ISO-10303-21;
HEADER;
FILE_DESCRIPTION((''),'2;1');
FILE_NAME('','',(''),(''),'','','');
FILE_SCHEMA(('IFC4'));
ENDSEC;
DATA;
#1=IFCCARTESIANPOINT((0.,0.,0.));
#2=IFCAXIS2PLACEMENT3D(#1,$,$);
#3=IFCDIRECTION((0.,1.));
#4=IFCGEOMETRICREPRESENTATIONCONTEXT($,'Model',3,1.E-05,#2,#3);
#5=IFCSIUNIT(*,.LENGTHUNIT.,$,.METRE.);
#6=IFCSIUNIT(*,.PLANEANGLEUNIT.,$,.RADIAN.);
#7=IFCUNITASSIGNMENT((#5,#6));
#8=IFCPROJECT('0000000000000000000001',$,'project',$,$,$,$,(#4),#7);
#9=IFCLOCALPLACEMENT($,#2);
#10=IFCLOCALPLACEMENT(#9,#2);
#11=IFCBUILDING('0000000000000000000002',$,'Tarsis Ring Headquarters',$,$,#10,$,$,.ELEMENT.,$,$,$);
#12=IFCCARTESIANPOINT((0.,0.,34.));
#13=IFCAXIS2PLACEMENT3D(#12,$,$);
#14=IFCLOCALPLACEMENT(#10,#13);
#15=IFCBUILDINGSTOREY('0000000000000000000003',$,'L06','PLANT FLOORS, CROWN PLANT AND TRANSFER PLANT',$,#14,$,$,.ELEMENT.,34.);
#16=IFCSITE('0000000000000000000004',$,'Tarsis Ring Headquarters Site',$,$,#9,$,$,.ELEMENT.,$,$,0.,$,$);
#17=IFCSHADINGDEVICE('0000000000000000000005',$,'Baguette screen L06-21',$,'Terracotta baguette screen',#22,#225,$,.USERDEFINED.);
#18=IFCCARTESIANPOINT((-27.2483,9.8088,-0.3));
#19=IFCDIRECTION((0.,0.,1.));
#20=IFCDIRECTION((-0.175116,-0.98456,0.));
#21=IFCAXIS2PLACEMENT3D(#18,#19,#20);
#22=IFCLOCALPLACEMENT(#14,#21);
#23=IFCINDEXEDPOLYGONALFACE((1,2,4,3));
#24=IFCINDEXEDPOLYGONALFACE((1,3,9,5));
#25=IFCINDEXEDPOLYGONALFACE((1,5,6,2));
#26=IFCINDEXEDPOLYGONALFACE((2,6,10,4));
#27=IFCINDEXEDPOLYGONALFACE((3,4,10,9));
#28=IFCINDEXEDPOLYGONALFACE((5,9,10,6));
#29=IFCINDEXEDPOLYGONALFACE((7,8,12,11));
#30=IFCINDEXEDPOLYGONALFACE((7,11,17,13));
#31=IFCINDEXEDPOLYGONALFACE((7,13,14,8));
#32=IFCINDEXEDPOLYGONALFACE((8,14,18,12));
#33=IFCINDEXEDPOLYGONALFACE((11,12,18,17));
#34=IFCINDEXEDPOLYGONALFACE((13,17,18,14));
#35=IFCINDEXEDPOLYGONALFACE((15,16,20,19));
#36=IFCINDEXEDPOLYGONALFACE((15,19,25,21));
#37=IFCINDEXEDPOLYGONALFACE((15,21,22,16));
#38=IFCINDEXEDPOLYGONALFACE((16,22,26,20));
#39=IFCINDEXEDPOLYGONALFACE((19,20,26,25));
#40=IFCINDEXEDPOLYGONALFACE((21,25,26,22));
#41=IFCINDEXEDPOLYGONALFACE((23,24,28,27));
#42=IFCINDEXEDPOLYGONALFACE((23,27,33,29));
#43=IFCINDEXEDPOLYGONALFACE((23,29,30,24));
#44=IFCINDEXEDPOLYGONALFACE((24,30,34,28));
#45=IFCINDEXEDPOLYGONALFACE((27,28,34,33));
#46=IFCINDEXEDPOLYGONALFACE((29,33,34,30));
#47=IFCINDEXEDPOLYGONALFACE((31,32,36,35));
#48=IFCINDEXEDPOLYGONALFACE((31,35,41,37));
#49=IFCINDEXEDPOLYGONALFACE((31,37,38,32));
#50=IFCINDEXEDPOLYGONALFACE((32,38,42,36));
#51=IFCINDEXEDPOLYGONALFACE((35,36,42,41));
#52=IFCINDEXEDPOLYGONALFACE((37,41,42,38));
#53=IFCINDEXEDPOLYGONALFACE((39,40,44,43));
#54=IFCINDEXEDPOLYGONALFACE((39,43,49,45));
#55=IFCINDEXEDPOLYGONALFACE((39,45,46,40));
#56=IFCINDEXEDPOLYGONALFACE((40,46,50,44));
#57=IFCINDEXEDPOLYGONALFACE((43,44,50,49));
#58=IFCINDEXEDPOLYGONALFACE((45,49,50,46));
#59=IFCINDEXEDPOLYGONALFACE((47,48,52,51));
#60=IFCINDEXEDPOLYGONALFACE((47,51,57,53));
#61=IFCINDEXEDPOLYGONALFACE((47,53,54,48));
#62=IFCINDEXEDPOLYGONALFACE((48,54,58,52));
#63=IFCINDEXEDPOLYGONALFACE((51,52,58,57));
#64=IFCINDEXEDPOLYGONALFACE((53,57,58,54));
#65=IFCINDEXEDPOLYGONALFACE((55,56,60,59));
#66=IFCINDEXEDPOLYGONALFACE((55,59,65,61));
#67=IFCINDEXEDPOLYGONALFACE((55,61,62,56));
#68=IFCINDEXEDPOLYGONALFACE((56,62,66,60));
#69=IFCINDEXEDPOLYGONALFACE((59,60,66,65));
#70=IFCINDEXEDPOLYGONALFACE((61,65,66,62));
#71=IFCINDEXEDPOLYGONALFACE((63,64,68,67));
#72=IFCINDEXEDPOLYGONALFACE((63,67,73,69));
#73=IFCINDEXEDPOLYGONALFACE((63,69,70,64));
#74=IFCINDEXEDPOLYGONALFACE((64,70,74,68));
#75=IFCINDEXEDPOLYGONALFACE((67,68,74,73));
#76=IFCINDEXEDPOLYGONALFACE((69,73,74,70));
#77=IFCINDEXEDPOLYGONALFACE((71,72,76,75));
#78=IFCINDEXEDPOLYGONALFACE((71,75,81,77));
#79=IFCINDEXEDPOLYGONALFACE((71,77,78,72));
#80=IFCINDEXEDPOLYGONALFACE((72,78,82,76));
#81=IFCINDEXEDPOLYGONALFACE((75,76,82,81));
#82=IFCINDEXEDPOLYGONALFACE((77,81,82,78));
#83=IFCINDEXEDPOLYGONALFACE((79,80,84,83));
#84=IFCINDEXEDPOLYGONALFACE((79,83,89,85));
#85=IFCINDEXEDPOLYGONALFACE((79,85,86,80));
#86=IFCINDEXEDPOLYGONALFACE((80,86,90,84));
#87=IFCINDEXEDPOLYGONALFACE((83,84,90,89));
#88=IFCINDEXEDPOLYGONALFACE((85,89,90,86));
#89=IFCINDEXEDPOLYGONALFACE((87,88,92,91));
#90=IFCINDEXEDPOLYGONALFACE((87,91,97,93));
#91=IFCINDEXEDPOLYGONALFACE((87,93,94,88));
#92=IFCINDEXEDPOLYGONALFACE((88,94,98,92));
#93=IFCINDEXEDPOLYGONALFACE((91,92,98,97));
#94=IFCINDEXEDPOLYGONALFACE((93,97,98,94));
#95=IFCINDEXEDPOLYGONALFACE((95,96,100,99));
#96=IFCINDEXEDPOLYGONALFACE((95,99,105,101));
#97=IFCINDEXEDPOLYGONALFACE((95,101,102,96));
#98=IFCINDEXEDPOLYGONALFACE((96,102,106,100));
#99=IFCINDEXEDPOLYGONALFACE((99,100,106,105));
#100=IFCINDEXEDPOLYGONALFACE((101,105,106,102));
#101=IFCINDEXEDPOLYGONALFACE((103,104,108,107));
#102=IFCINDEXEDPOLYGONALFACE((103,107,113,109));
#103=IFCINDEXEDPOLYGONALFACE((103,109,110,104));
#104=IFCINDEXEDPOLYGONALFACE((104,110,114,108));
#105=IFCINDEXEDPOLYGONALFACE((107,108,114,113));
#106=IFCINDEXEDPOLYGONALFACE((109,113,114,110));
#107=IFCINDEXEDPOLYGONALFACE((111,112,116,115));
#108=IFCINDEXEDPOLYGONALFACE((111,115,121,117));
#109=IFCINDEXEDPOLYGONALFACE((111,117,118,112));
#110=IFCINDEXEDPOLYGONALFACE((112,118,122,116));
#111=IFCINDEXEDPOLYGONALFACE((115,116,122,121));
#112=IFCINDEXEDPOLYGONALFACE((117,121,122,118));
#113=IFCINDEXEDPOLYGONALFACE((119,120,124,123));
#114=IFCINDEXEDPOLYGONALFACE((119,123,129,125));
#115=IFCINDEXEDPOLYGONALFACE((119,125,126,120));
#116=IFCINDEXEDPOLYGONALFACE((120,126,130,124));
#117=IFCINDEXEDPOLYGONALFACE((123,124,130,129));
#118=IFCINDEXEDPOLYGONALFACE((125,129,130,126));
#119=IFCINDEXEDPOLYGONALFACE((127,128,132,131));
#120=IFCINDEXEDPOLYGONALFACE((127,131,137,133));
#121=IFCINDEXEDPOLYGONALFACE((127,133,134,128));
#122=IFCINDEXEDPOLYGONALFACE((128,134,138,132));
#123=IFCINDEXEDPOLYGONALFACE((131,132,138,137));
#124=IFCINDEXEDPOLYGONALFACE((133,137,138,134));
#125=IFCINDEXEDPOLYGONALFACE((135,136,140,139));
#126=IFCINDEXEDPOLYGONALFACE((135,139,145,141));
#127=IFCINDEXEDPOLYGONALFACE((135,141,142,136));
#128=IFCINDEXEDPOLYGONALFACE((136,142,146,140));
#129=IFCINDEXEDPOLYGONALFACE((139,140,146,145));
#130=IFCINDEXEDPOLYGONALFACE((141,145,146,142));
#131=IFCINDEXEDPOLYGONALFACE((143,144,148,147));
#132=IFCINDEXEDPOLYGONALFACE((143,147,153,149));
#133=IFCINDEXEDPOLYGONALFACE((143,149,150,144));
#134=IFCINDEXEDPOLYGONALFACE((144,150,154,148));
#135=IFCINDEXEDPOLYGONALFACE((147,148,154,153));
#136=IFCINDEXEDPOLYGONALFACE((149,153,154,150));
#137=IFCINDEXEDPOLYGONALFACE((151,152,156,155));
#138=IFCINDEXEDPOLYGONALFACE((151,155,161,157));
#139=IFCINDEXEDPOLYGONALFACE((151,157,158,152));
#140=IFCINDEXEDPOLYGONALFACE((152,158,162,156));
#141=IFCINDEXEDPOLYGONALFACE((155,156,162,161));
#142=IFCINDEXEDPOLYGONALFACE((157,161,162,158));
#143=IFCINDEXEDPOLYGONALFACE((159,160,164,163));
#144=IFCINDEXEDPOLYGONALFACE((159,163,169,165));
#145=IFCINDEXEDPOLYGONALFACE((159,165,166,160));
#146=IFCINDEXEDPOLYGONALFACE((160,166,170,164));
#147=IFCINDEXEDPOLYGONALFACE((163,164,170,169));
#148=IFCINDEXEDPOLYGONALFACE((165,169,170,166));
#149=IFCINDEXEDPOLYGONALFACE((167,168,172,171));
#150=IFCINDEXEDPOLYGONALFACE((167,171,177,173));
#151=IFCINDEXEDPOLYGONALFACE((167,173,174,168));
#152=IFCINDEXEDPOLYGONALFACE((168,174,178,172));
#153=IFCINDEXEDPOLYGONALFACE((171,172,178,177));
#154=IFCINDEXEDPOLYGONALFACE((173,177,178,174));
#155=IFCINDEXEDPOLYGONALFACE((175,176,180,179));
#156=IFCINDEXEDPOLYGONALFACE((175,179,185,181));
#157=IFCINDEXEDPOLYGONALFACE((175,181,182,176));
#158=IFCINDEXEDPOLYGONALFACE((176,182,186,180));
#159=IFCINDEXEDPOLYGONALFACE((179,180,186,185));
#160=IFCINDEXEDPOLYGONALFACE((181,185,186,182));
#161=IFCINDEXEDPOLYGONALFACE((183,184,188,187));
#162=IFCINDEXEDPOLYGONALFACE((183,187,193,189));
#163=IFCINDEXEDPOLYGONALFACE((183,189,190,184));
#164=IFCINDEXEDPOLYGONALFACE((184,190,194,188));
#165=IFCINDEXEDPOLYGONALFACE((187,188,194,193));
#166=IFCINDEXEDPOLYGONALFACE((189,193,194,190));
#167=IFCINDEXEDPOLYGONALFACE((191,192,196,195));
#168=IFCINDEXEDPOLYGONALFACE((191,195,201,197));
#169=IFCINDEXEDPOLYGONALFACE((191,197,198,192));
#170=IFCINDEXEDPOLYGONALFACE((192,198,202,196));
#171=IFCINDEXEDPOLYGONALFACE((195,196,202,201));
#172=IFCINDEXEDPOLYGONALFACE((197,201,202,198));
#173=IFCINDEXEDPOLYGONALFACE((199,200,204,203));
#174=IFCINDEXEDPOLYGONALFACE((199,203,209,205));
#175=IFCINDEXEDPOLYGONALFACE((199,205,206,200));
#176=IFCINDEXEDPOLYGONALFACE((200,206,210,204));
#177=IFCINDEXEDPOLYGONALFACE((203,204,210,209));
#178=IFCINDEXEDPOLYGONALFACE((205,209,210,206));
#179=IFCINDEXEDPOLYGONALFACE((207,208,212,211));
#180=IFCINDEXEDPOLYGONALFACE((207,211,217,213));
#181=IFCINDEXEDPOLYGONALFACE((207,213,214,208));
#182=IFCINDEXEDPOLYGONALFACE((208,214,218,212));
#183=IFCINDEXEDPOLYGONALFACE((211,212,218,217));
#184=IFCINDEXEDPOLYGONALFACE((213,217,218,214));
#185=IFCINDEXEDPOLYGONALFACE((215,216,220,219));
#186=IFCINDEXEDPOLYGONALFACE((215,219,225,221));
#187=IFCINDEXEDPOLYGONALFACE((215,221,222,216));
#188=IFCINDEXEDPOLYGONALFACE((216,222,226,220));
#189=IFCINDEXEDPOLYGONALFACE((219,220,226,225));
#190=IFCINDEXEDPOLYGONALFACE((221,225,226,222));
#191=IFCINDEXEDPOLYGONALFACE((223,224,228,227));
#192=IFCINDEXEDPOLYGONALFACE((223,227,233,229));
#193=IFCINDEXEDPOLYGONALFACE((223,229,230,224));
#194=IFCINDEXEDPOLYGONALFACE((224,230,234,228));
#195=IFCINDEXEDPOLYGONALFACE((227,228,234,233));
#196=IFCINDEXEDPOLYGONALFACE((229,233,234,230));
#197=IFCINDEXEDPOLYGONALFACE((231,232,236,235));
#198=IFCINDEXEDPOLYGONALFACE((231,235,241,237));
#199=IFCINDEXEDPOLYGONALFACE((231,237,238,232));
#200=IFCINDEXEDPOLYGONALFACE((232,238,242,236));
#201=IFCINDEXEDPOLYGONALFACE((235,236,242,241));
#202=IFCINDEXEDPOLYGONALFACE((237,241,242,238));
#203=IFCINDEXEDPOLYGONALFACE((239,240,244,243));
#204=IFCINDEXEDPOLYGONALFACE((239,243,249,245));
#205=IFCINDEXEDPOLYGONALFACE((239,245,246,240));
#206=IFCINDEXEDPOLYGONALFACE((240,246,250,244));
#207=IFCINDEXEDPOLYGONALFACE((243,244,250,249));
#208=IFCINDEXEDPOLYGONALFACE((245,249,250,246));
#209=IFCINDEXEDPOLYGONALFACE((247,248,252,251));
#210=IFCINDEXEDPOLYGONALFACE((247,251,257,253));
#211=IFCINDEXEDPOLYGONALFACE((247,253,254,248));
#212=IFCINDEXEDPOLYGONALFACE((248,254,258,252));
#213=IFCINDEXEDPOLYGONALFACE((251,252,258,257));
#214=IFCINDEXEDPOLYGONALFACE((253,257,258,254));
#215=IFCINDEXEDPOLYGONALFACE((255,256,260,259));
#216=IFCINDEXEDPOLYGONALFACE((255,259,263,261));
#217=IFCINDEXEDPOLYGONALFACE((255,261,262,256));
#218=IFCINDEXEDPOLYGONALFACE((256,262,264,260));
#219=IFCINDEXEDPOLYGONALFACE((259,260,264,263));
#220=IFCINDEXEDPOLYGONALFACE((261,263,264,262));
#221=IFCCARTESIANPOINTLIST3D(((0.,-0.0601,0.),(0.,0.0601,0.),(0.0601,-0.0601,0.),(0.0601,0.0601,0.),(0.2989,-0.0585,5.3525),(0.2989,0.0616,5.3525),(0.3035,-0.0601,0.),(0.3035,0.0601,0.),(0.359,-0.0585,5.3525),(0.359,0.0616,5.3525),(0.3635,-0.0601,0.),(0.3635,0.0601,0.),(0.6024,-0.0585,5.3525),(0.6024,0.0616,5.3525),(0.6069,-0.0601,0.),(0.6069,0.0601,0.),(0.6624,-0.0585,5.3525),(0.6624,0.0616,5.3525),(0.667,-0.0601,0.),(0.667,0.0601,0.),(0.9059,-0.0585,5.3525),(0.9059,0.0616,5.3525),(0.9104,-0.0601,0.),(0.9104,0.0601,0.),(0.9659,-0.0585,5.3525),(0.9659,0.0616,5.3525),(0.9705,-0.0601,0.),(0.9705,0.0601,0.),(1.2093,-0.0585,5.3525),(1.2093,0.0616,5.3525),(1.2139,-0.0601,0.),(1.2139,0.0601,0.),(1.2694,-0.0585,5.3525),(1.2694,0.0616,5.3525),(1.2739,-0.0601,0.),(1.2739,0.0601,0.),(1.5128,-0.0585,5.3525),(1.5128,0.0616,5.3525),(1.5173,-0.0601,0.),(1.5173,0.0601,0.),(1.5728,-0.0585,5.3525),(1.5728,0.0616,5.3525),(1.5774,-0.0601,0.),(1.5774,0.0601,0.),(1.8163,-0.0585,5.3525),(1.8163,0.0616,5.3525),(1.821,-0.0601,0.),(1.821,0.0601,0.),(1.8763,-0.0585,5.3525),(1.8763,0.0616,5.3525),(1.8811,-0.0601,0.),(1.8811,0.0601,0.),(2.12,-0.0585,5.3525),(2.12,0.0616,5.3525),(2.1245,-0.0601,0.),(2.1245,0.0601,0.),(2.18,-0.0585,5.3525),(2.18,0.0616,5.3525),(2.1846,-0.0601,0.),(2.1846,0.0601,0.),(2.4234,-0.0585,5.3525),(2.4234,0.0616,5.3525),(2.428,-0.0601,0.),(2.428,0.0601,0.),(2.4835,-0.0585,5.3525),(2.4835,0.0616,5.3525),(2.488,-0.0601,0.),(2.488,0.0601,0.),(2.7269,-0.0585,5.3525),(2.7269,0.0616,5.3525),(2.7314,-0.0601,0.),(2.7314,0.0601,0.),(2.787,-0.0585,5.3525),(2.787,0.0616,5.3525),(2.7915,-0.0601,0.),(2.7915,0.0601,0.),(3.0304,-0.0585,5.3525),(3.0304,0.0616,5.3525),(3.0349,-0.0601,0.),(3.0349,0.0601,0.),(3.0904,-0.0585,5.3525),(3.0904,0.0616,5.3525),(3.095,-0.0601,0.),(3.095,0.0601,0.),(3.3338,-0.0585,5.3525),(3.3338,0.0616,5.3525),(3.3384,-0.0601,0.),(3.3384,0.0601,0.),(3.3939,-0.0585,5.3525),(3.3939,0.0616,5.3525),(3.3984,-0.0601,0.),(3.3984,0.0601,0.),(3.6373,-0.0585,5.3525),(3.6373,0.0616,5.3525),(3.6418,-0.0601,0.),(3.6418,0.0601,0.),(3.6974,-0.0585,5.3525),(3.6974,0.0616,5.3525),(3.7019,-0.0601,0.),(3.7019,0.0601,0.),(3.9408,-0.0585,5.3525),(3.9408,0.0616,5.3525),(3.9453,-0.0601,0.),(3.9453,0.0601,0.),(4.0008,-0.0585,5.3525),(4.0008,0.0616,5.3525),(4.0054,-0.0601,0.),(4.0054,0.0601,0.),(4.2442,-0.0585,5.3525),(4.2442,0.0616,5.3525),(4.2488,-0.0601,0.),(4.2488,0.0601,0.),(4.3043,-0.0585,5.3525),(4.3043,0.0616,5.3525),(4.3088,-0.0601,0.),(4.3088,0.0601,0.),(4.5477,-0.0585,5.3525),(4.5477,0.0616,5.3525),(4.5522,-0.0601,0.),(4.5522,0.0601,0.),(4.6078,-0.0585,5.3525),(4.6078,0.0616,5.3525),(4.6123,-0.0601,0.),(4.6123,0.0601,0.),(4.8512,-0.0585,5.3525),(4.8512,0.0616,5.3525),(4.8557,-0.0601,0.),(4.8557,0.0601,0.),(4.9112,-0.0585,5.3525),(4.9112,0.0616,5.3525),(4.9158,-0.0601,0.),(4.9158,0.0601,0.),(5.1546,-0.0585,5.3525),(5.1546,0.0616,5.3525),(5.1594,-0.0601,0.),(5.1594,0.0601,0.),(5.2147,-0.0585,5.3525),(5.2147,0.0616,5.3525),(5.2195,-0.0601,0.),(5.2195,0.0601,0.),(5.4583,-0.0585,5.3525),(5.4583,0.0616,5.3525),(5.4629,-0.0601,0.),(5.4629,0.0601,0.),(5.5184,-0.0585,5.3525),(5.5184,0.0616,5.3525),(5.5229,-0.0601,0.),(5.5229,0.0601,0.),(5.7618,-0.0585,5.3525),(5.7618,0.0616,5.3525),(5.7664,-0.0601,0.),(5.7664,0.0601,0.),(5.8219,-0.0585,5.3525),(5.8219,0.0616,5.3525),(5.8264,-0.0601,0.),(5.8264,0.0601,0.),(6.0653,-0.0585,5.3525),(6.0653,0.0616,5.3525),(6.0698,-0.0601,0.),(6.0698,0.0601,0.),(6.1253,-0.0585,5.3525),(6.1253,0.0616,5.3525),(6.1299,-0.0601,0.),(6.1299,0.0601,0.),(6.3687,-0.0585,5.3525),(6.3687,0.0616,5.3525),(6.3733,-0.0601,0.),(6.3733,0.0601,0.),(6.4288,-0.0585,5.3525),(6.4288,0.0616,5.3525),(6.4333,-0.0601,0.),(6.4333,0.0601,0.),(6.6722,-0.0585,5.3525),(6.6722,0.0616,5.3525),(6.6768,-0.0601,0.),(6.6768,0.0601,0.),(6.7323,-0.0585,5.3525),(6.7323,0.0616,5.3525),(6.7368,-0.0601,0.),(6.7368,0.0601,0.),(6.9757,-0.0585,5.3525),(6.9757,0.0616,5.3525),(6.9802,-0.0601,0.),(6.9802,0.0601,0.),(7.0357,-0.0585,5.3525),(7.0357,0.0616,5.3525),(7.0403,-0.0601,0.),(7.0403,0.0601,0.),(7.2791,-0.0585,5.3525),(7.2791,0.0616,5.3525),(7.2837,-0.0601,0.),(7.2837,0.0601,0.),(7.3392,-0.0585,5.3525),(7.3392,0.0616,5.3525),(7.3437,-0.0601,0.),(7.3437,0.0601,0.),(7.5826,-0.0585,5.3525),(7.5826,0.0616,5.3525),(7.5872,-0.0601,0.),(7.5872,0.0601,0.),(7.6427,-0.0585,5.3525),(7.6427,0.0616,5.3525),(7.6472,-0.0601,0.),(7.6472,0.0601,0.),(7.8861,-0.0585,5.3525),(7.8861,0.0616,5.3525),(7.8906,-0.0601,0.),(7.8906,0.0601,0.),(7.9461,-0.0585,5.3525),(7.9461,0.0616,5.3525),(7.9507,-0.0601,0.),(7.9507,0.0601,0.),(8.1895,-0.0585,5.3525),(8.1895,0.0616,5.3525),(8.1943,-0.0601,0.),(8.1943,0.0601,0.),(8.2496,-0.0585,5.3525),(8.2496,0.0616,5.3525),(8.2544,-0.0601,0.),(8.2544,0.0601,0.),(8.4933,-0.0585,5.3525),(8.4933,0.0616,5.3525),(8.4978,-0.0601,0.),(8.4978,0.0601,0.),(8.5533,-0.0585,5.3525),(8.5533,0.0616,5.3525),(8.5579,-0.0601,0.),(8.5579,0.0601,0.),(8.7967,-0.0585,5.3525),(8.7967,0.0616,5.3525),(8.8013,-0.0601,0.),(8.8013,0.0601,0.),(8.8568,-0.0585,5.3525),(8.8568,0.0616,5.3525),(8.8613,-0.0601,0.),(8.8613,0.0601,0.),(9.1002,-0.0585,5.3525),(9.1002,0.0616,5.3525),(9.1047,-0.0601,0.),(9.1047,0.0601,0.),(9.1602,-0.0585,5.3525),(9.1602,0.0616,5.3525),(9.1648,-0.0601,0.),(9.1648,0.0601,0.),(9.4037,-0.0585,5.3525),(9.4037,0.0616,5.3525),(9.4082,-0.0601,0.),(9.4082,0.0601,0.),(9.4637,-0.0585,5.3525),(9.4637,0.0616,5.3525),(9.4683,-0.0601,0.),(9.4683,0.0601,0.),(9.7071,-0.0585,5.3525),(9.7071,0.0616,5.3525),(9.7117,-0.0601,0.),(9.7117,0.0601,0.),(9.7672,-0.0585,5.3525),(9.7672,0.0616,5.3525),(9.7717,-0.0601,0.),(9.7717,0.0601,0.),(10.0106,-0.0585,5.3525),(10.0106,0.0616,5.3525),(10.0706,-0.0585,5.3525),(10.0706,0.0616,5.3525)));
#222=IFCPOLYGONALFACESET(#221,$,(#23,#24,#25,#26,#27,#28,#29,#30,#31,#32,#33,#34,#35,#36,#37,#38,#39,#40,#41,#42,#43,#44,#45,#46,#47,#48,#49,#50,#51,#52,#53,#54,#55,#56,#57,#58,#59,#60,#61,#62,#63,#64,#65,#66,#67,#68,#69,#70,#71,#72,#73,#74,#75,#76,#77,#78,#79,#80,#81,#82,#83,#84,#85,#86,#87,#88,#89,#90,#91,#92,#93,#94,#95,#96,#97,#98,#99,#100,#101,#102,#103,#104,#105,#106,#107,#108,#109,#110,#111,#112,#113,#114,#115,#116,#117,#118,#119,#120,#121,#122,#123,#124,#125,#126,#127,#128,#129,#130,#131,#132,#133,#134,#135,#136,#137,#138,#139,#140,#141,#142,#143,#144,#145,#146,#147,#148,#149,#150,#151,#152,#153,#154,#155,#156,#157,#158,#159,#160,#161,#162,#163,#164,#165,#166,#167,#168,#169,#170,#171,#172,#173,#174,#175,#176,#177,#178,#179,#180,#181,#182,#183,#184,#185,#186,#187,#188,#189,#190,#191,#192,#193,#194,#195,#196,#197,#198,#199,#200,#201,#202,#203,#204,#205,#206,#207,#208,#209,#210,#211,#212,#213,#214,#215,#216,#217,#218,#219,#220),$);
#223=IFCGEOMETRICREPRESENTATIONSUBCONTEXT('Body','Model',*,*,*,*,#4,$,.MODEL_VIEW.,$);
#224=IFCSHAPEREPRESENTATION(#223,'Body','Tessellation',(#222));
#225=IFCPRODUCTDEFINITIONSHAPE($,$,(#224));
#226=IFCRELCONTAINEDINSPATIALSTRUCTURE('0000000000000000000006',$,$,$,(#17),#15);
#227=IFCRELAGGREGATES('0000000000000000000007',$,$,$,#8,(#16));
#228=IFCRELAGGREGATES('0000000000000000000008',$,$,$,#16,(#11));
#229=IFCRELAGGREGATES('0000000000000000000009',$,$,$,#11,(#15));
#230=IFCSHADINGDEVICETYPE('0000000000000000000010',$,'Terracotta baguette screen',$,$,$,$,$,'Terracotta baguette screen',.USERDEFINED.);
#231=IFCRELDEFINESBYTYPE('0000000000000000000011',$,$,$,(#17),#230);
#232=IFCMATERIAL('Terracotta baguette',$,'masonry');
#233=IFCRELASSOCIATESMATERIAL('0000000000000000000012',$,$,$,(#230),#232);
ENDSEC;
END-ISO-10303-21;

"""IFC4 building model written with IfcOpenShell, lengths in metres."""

from ifc_helpers import new_model, si_unit, direction, frame, frame_2d, origin, place, context, subcontext, project, spatial, rectangle, composite_profile, extrude, material, type_object, element, save


model = new_model("IFC4")

# Units and contexts
model_context = context("Model", 3, precision=1e-05, world=origin(), true_north=direction((0.0, 1.0)))
body_context = subcontext(model_context, "Body", "Model", "MODEL_VIEW")
ifc_project = project(units=[si_unit("LENGTHUNIT", "METRE"), si_unit("PLANEANGLEUNIT", "RADIAN")], contexts=[model_context])

# Site, building, storey
site_placement = place(None, origin())
site = spatial("IfcSite", under=ifc_project, at=site_placement, Name="Tarsis Ring Headquarters Site", CompositionType="ELEMENT", RefElevation=0.0)
building_placement = place(site_placement, origin())
building = spatial("IfcBuilding", under=site, at=building_placement, Name="Tarsis Ring Headquarters", CompositionType="ELEMENT")
storey_placement = place(building_placement, frame((0.0, 0.0, 34.0)))
storey = spatial("IfcBuildingStorey", under=building, at=storey_placement, Name="L06", Description="PLANT FLOORS, CROWN PLANT AND TRANSFER PLANT", CompositionType="ELEMENT", Elevation=34.0)

# Shading device
ifc_material_1 = material(Name="Terracotta baguette", Category="masonry")
shading_device_type_1 = type_object("IfcShadingDeviceType", Name="Terracotta baguette screen", ElementType="Terracotta baguette screen", PredefinedType="USERDEFINED", material=ifc_material_1)
shading_device_1_placement = place(storey_placement, frame((-27.2483, 9.8088, -0.3), z_axis=(0.0, 0.0, 1.0), x_axis=(-0.175116, -0.98456, 0.0)))
element("IfcShadingDevice", 1, at=shading_device_1_placement, inside=storey, type_object=shading_device_type_1, Name="Baguette screen L06-21", ObjectType="Terracotta baguette screen", PredefinedType="USERDEFINED", context=body_context, shape_type="SweptSolid", body=[
    extrude(composite_profile([rectangle(XDim=0.0601, YDim=0.1201, at=frame_2d((0.03, 0.0))), rectangle(XDim=0.0601, YDim=0.1201, at=frame_2d((0.3335, 0.0))), rectangle(XDim=0.0601, YDim=0.1201, at=frame_2d((0.637, 0.0))), rectangle(XDim=0.0601, YDim=0.1201, at=frame_2d((0.9404, 0.0))), rectangle(XDim=0.0601, YDim=0.1201, at=frame_2d((1.2439, 0.0))), rectangle(XDim=0.0601, YDim=0.1201, at=frame_2d((1.5474, 0.0))), rectangle(XDim=0.0601, YDim=0.1201, at=frame_2d((1.8511, 0.0))), rectangle(XDim=0.0601, YDim=0.1201, at=frame_2d((2.1545, 0.0))), rectangle(XDim=0.0601, YDim=0.1201, at=frame_2d((2.458, 0.0))), rectangle(XDim=0.0601, YDim=0.1201, at=frame_2d((2.7615, 0.0))), rectangle(XDim=0.0601, YDim=0.1201, at=frame_2d((3.0649, 0.0))), rectangle(XDim=0.0601, YDim=0.1201, at=frame_2d((3.3684, 0.0))), rectangle(XDim=0.0601, YDim=0.1201, at=frame_2d((3.6719, 0.0))), rectangle(XDim=0.0601, YDim=0.1201, at=frame_2d((3.9753, 0.0))), rectangle(XDim=0.0601, YDim=0.1201, at=frame_2d((4.2788, 0.0))), rectangle(XDim=0.0601, YDim=0.1201, at=frame_2d((4.5823, 0.0))), rectangle(XDim=0.0601, YDim=0.1201, at=frame_2d((4.8857, 0.0))), rectangle(XDim=0.0601, YDim=0.1201, at=frame_2d((5.1895, 0.0))), rectangle(XDim=0.0601, YDim=0.1201, at=frame_2d((5.4929, 0.0))), rectangle(XDim=0.0601, YDim=0.1201, at=frame_2d((5.7964, 0.0))), rectangle(XDim=0.0601, YDim=0.1201, at=frame_2d((6.0999, 0.0))), rectangle(XDim=0.0601, YDim=0.1201, at=frame_2d((6.4033, 0.0))), rectangle(XDim=0.0601, YDim=0.1201, at=frame_2d((6.7068, 0.0))), rectangle(XDim=0.0601, YDim=0.1201, at=frame_2d((7.0103, 0.0))), rectangle(XDim=0.0601, YDim=0.1201, at=frame_2d((7.3137, 0.0))), rectangle(XDim=0.0601, YDim=0.1201, at=frame_2d((7.6172, 0.0))), rectangle(XDim=0.0601, YDim=0.1201, at=frame_2d((7.9207, 0.0))), rectangle(XDim=0.0601, YDim=0.1201, at=frame_2d((8.2244, 0.0))), rectangle(XDim=0.0601, YDim=0.1201, at=frame_2d((8.5278, 0.0))), rectangle(XDim=0.0601, YDim=0.1201, at=frame_2d((8.8313, 0.0))), rectangle(XDim=0.0601, YDim=0.1201, at=frame_2d((9.1348, 0.0))), rectangle(XDim=0.0601, YDim=0.1201, at=frame_2d((9.4382, 0.0))), rectangle(XDim=0.0601, YDim=0.1201, at=frame_2d((9.7417, 0.0)))]), origin(), (0.055759, 0.000292, 0.998444), 5.3608),
])

save(model, "model.ifc")
